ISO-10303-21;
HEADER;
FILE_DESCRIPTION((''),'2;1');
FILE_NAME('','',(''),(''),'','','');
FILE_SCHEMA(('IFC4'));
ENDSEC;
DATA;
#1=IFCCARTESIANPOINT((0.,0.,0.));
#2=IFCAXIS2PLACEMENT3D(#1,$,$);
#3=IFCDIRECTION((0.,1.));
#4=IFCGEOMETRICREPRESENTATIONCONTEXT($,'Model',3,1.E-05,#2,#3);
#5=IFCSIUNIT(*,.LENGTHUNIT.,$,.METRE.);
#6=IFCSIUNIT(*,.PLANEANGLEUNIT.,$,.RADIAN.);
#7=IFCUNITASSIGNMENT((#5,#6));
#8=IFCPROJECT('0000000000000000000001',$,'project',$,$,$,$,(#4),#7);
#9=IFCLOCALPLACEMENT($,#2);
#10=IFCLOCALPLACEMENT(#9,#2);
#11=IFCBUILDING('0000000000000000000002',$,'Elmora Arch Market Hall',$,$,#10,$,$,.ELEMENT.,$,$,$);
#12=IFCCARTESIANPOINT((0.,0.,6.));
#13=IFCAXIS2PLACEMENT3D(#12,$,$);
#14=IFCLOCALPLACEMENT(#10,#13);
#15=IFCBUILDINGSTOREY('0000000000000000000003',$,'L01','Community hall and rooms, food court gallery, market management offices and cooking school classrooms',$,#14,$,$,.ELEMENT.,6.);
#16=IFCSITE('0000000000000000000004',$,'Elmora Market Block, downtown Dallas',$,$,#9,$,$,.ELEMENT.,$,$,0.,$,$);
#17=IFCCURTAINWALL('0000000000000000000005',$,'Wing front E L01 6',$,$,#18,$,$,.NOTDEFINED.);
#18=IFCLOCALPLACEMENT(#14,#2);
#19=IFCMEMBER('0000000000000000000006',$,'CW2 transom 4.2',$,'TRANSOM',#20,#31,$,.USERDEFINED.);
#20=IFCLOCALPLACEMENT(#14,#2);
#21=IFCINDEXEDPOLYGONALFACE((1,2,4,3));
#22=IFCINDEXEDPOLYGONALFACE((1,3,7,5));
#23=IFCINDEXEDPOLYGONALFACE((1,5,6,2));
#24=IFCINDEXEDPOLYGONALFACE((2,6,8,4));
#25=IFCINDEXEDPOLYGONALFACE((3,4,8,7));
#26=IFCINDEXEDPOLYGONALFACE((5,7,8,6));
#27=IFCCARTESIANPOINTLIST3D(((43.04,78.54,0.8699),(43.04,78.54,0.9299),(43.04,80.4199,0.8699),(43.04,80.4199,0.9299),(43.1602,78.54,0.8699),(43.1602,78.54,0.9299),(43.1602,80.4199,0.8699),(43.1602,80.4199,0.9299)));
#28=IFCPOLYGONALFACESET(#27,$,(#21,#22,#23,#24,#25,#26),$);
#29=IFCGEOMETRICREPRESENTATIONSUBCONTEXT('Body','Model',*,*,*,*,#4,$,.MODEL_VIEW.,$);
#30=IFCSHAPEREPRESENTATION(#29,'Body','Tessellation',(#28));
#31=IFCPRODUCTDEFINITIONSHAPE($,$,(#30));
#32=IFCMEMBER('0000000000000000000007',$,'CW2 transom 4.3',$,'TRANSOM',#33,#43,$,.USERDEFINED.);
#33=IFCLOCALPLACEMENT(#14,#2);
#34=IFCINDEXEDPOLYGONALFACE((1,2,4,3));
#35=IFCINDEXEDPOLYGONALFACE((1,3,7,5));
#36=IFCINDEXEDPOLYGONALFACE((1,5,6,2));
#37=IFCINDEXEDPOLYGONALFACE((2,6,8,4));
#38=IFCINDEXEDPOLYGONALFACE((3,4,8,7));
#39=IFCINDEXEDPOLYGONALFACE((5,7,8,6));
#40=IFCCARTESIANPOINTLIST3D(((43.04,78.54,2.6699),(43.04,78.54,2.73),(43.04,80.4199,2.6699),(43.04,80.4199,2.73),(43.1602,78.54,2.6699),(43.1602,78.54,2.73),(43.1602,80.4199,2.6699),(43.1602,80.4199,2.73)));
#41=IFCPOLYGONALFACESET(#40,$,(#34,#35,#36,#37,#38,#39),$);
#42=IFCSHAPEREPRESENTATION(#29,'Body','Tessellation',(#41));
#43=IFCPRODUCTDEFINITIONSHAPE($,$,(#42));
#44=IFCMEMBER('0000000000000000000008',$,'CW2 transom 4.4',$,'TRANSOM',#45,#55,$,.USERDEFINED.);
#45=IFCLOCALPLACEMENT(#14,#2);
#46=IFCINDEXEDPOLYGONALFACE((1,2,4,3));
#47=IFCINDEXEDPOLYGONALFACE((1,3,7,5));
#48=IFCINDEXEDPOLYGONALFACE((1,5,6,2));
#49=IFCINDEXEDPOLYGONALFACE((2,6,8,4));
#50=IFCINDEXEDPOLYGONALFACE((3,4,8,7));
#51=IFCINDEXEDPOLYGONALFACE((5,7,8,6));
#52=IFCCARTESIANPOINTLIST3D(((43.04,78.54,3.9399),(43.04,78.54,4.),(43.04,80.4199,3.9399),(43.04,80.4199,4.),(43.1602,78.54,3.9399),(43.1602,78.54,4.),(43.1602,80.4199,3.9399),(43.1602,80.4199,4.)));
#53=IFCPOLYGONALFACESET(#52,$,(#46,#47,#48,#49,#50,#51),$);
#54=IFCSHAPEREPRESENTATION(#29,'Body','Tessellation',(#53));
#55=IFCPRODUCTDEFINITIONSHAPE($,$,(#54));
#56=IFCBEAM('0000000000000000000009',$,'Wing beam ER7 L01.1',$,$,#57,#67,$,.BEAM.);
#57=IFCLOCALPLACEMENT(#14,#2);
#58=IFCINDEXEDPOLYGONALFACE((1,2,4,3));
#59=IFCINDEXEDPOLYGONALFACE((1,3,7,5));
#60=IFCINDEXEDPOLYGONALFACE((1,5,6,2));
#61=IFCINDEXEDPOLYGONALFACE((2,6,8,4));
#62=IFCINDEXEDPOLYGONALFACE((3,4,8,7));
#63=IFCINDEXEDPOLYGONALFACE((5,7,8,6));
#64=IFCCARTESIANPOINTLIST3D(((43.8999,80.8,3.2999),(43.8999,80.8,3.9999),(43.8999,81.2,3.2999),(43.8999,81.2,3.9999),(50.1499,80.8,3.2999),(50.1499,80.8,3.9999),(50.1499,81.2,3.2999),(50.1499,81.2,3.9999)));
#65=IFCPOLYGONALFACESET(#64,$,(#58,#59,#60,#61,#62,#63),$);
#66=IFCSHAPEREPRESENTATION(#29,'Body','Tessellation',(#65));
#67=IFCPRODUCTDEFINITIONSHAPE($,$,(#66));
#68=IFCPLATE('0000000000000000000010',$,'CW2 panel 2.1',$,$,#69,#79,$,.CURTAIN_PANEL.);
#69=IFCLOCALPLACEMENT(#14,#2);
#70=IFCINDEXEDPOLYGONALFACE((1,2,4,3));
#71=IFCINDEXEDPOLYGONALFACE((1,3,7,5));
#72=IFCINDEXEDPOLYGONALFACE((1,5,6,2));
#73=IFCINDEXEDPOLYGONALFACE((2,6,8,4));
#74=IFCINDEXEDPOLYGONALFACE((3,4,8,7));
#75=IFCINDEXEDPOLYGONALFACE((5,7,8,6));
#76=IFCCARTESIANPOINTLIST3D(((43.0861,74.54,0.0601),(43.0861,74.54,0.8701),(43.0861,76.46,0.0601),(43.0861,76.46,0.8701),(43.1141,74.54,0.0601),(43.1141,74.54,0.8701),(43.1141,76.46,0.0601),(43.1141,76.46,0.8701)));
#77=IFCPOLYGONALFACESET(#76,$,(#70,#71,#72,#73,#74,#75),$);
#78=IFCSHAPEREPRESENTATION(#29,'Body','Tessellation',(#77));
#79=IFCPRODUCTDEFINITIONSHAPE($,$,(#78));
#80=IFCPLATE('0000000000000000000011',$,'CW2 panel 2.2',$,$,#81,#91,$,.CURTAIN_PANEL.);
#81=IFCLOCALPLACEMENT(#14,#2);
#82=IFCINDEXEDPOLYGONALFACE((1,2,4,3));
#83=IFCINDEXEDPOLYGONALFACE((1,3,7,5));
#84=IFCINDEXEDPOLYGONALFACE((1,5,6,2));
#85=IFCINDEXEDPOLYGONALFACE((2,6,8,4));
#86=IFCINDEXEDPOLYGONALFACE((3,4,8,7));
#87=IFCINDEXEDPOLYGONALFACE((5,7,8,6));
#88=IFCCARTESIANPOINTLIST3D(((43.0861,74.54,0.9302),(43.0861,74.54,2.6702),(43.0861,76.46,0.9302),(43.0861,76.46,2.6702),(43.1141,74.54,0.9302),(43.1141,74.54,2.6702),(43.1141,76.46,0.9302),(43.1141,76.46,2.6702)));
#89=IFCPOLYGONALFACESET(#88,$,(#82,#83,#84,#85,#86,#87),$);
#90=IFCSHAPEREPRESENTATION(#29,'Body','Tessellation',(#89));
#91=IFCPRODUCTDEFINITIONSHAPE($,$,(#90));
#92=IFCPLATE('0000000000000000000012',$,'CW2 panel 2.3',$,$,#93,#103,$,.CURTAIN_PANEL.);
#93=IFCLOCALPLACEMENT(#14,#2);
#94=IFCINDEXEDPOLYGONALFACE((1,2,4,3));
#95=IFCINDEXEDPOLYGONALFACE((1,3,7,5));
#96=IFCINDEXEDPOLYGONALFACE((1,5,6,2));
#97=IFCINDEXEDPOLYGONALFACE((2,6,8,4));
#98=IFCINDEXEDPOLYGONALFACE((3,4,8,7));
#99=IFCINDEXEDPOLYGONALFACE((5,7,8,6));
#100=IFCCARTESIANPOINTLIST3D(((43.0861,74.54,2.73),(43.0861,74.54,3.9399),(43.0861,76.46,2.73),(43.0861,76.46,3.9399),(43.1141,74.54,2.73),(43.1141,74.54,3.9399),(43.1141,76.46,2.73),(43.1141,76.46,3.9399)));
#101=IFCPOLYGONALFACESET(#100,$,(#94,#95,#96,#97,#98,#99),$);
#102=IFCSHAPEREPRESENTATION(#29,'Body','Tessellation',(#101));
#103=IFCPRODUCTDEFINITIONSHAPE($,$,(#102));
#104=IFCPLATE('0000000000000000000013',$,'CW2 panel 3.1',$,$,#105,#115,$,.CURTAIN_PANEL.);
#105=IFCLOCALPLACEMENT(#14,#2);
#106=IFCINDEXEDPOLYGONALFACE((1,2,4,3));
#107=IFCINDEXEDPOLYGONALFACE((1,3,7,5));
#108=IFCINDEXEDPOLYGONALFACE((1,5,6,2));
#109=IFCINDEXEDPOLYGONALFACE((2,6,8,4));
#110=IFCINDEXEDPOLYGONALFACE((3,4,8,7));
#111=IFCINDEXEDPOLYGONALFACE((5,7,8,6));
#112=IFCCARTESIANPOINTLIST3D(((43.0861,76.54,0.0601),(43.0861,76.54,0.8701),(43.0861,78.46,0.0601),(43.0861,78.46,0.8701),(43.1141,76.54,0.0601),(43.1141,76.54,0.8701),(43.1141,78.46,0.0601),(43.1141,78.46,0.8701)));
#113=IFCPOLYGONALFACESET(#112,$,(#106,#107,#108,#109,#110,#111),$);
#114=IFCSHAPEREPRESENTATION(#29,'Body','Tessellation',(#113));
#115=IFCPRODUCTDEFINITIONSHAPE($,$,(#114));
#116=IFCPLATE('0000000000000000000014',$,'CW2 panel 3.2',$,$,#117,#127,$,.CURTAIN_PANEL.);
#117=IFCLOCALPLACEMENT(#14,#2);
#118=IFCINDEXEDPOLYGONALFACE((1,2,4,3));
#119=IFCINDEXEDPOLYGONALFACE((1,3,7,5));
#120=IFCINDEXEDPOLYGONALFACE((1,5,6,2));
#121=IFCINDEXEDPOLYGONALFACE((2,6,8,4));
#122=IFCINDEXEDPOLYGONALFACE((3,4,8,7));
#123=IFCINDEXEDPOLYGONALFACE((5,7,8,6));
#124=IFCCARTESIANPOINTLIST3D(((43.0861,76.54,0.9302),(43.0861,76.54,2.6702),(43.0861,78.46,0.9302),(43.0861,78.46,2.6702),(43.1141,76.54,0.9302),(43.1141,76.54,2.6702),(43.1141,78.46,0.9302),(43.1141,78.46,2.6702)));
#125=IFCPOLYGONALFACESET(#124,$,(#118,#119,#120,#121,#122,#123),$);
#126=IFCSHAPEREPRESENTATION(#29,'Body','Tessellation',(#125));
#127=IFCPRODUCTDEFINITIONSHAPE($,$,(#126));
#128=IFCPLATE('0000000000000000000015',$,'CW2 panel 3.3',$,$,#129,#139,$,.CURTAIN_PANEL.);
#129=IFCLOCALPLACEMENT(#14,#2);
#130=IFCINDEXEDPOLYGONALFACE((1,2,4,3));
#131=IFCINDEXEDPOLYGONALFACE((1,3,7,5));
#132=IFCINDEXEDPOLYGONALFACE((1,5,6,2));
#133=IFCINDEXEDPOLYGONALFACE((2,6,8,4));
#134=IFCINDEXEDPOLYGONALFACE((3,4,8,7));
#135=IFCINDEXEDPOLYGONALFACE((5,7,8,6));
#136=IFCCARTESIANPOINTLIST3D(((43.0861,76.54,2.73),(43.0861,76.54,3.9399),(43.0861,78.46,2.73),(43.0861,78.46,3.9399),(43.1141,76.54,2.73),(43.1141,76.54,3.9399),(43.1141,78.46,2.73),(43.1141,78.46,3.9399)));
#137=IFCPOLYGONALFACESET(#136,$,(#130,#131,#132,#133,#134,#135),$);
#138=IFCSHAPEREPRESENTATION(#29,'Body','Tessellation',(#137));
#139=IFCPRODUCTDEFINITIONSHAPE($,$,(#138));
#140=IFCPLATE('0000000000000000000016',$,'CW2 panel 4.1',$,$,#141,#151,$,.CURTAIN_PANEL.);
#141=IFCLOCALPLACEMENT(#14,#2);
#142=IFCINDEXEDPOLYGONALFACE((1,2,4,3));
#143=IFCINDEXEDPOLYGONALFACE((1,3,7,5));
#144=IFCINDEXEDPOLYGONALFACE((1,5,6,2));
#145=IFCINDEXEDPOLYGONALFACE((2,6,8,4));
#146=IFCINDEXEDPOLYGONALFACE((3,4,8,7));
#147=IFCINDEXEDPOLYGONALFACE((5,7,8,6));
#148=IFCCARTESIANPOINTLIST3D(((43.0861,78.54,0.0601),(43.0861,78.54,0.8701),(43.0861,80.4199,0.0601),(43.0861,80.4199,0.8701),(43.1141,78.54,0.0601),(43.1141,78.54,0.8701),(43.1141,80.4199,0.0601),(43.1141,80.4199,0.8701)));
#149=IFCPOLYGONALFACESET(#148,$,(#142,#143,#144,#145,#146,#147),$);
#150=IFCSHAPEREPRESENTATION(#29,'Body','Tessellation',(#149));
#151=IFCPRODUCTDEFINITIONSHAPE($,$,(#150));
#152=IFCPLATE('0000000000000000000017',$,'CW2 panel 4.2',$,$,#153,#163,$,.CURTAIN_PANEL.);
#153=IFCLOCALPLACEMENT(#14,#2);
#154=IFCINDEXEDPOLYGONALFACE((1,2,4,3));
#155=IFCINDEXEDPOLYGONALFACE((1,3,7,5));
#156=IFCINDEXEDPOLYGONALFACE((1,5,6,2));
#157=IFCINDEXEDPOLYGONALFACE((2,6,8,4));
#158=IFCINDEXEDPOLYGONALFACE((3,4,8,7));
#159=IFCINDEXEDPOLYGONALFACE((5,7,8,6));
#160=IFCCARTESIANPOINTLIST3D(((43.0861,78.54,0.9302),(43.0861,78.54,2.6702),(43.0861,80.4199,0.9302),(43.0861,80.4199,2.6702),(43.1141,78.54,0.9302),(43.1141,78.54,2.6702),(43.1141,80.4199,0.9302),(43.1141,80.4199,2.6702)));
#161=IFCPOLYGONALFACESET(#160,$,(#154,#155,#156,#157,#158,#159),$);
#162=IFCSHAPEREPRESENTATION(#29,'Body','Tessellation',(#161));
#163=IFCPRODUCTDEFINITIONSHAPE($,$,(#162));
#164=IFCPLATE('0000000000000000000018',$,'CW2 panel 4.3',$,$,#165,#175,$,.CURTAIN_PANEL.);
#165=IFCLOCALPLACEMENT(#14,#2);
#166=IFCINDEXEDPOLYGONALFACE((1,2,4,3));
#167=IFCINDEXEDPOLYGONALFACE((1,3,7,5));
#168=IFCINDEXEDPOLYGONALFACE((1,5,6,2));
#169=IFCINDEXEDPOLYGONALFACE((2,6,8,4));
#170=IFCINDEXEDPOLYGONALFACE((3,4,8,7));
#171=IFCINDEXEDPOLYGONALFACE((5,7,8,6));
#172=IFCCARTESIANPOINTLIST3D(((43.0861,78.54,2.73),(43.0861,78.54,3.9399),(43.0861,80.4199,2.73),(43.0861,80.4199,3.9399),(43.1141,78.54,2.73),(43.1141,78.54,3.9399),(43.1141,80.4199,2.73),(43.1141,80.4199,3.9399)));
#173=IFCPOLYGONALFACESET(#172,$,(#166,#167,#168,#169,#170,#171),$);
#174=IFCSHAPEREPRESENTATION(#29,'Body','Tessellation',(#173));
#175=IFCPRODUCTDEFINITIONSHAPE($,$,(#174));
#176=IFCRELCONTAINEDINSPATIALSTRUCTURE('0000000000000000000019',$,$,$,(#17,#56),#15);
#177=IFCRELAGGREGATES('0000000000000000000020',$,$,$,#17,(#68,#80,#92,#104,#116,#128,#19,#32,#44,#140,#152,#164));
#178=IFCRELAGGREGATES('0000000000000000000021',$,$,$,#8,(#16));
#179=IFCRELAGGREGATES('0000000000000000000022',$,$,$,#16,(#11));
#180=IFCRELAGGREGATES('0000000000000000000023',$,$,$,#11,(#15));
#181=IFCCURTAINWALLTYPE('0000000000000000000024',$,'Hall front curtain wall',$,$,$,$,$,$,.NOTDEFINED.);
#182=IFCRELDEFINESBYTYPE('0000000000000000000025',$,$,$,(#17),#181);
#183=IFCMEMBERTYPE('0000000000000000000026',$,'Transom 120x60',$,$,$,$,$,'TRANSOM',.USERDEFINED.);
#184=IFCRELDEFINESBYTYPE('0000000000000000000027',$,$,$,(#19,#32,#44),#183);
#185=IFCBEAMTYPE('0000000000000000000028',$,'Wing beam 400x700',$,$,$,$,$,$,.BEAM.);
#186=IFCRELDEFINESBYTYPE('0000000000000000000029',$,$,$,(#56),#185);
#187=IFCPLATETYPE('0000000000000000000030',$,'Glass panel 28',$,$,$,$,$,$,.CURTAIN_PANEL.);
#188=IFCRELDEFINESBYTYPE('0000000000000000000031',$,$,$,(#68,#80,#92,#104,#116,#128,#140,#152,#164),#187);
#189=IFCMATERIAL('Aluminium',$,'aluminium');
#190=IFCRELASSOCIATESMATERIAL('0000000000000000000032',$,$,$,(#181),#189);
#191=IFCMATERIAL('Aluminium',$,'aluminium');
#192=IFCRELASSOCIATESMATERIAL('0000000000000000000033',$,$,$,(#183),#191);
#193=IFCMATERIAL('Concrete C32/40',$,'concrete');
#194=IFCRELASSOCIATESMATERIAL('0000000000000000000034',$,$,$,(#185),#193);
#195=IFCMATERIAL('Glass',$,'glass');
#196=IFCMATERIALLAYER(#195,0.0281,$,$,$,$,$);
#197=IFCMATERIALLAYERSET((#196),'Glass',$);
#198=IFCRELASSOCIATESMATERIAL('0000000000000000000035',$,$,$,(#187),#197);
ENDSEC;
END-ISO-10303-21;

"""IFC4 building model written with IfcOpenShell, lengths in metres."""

from ifc_helpers import new_model, si_unit, direction, frame, origin, origin_2d, place, context, subcontext, project, spatial, rectangle, extrude, material, layer, layer_set, material_profile, profile_set, type_object, element, aggregate, save


model = new_model("IFC4")

# Units and contexts
model_context = context("Model", 3, precision=1e-05, world=origin(), true_north=direction((0.0, 1.0)))
body_context = subcontext(model_context, "Body", "Model", "MODEL_VIEW")
ifc_project = project(units=[si_unit("LENGTHUNIT", "METRE"), si_unit("PLANEANGLEUNIT", "RADIAN")], contexts=[model_context])

# Site, building, storey
site_placement = place(None, origin())
site = spatial("IfcSite", under=ifc_project, at=site_placement, Name="Elmora Market Block, downtown Dallas", CompositionType="ELEMENT", RefElevation=0.0)
building_placement = place(site_placement, origin())
building = spatial("IfcBuilding", under=site, at=building_placement, Name="Elmora Arch Market Hall", CompositionType="ELEMENT")
storey_placement = place(building_placement, frame((0.0, 0.0, 6.0)))
storey = spatial("IfcBuildingStorey", under=building, at=storey_placement, Name="L01", Description="Community hall and rooms, food court gallery, market management offices and cooking school classrooms", CompositionType="ELEMENT", Elevation=6.0)

# Curtain wall, members
ifc_material_1 = material(Name="Aluminium", Category="aluminium")
curtain_wall_type = type_object("IfcCurtainWallType", Name="Hall front curtain wall", PredefinedType="NOTDEFINED", material=ifc_material_1)
curtain_wall_placement = place(storey_placement, origin())
curtain_wall = element("IfcCurtainWall", 1, at=curtain_wall_placement, inside=storey, type_object=curtain_wall_type, Name="Wing front E L01 6", PredefinedType="NOTDEFINED")
ifc_material_2 = material(Name="Aluminium", Category="aluminium")
ifc_material_profile_1 = material_profile(ifc_material_2, rectangle(XDim=0.1201, YDim=0.0601, at=origin_2d()), Name="AL 120x60")
ifc_profile_set_1 = profile_set([ifc_material_profile_1], Name="Aluminium")
member_type_1 = type_object("IfcMemberType", Name="Transom 120x60", ElementType="TRANSOM", PredefinedType="USERDEFINED", material=ifc_profile_set_1)
member_1_placement = place(storey_placement, frame((43.1001, 78.54, 0.8999), z_axis=(0.0, 1.0, 0.0), x_axis=(-1.0, 0.0, 0.0)))
member_1 = element("IfcMember", 2, at=member_1_placement, type_object=member_type_1, Name="CW2 transom 4.2", ObjectType="TRANSOM", PredefinedType="USERDEFINED", context=body_context, shape_type="SweptSolid", body=[
    extrude(rectangle(XDim=0.1201, YDim=0.0601, at=origin_2d()), origin(), (0.0, 0.0, 1.0), 1.8799),
])
member_2_placement = place(storey_placement, frame((43.1001, 78.54, 2.7), z_axis=(0.0, 1.0, 0.0), x_axis=(-1.0, 0.0, 0.0)))
member_2 = element("IfcMember", 3, at=member_2_placement, type_object=member_type_1, Name="CW2 transom 4.3", ObjectType="TRANSOM", PredefinedType="USERDEFINED", context=body_context, shape_type="SweptSolid", body=[
    extrude(rectangle(XDim=0.1201, YDim=0.0601, at=origin_2d()), origin(), (0.0, 0.0, 1.0), 1.8799),
])
member_3_placement = place(storey_placement, frame((43.1001, 78.54, 3.97), z_axis=(0.0, 1.0, 0.0), x_axis=(-1.0, 0.0, 0.0)))
member_3 = element("IfcMember", 4, at=member_3_placement, type_object=member_type_1, Name="CW2 transom 4.4", ObjectType="TRANSOM", PredefinedType="USERDEFINED", context=body_context, shape_type="SweptSolid", body=[
    extrude(rectangle(XDim=0.1201, YDim=0.0601, at=origin_2d()), origin(), (0.0, 0.0, 1.0), 1.8799),
])

# Beam
ifc_material_3 = material(Name="Concrete C32/40", Category="concrete")
ifc_material_profile_2 = material_profile(ifc_material_3, rectangle(XDim=0.3999, YDim=0.7, at=origin_2d()), Name="Wing beam 400x700")
ifc_profile_set_2 = profile_set([ifc_material_profile_2], Name="Concrete C32/40")
beam_type = type_object("IfcBeamType", Name="Wing beam 400x700", PredefinedType="BEAM", material=ifc_profile_set_2)
beam_placement = place(storey_placement, frame((43.8999, 81.0, 3.6499), z_axis=(1.0, 0.0, 0.0), x_axis=(0.0, 1.0, 0.0)))
element("IfcBeam", 5, at=beam_placement, inside=storey, type_object=beam_type, Name="Wing beam ER7 L01.1", PredefinedType="BEAM", context=body_context, shape_type="SweptSolid", body=[
    extrude(rectangle(XDim=0.3999, YDim=0.7, at=origin_2d()), origin(), (0.0, 0.0, 1.0), 6.25),
])

# Plates
ifc_material_4 = material(Name="Glass", Category="glass")
ifc_layer_1 = layer(ifc_material_4, 0.0281)
ifc_layer_set_1 = layer_set([ifc_layer_1], Name="Glass")
plate_type = type_object("IfcPlateType", Name="Glass panel 28", PredefinedType="CURTAIN_PANEL", material=ifc_layer_set_1)
plate_1_placement = place(storey_placement, frame((43.1001, 75.5, 0.0601), z_axis=(0.0, 0.0, 1.0), x_axis=(0.0, 1.0, 0.0)))
plate_1 = element("IfcPlate", 6, at=plate_1_placement, type_object=plate_type, Name="CW2 panel 2.1", PredefinedType="CURTAIN_PANEL", context=body_context, shape_type="SweptSolid", body=[
    extrude(rectangle(XDim=1.9199, YDim=0.0281, at=origin_2d()), origin(), (0.0, 0.0, 1.0), 0.8101),
])
plate_2_placement = place(storey_placement, frame((43.1001, 75.5, 0.9302), z_axis=(0.0, 0.0, 1.0), x_axis=(0.0, 1.0, 0.0)))
plate_2 = element("IfcPlate", 7, at=plate_2_placement, type_object=plate_type, Name="CW2 panel 2.2", PredefinedType="CURTAIN_PANEL", context=body_context, shape_type="SweptSolid", body=[
    extrude(rectangle(XDim=1.9199, YDim=0.0281, at=origin_2d()), origin(), (0.0, 0.0, 1.0), 1.74),
])
plate_3_placement = place(storey_placement, frame((43.1001, 75.5, 2.73), z_axis=(0.0, 0.0, 1.0), x_axis=(0.0, 1.0, 0.0)))
plate_3 = element("IfcPlate", 8, at=plate_3_placement, type_object=plate_type, Name="CW2 panel 2.3", PredefinedType="CURTAIN_PANEL", context=body_context, shape_type="SweptSolid", body=[
    extrude(rectangle(XDim=1.9199, YDim=0.0281, at=origin_2d()), origin(), (0.0, 0.0, 1.0), 1.21),
])
plate_4_placement = place(storey_placement, frame((43.1001, 77.5, 0.0601), z_axis=(0.0, 0.0, 1.0), x_axis=(0.0, 1.0, 0.0)))
plate_4 = element("IfcPlate", 9, at=plate_4_placement, type_object=plate_type, Name="CW2 panel 3.1", PredefinedType="CURTAIN_PANEL", context=body_context, shape_type="SweptSolid", body=[
    extrude(rectangle(XDim=1.9199, YDim=0.0281, at=origin_2d()), origin(), (0.0, 0.0, 1.0), 0.8101),
])
plate_5_placement = place(storey_placement, frame((43.1001, 77.5, 0.9302), z_axis=(0.0, 0.0, 1.0), x_axis=(0.0, 1.0, 0.0)))
plate_5 = element("IfcPlate", 10, at=plate_5_placement, type_object=plate_type, Name="CW2 panel 3.2", PredefinedType="CURTAIN_PANEL", context=body_context, shape_type="SweptSolid", body=[
    extrude(rectangle(XDim=1.9199, YDim=0.0281, at=origin_2d()), origin(), (0.0, 0.0, 1.0), 1.74),
])
plate_6_placement = place(storey_placement, frame((43.1001, 77.5, 2.73), z_axis=(0.0, 0.0, 1.0), x_axis=(0.0, 1.0, 0.0)))
plate_6 = element("IfcPlate", 11, at=plate_6_placement, type_object=plate_type, Name="CW2 panel 3.3", PredefinedType="CURTAIN_PANEL", context=body_context, shape_type="SweptSolid", body=[
    extrude(rectangle(XDim=1.9199, YDim=0.0281, at=origin_2d()), origin(), (0.0, 0.0, 1.0), 1.21),
])
plate_7_placement = place(storey_placement, frame((43.1001, 79.48, 0.0601), z_axis=(0.0, 0.0, 1.0), x_axis=(0.0, 1.0, 0.0)))
plate_7 = element("IfcPlate", 12, at=plate_7_placement, type_object=plate_type, Name="CW2 panel 4.1", PredefinedType="CURTAIN_PANEL", context=body_context, shape_type="SweptSolid", body=[
    extrude(rectangle(XDim=1.8799, YDim=0.0281, at=origin_2d()), origin(), (0.0, 0.0, 1.0), 0.8101),
])
plate_8_placement = place(storey_placement, frame((43.1001, 79.48, 0.9302), z_axis=(0.0, 0.0, 1.0), x_axis=(0.0, 1.0, 0.0)))
plate_8 = element("IfcPlate", 13, at=plate_8_placement, type_object=plate_type, Name="CW2 panel 4.2", PredefinedType="CURTAIN_PANEL", context=body_context, shape_type="SweptSolid", body=[
    extrude(rectangle(XDim=1.8799, YDim=0.0281, at=origin_2d()), origin(), (0.0, 0.0, 1.0), 1.74),
])
plate_9_placement = place(storey_placement, frame((43.1001, 79.48, 2.73), z_axis=(0.0, 0.0, 1.0), x_axis=(0.0, 1.0, 0.0)))
plate_9 = element("IfcPlate", 14, at=plate_9_placement, type_object=plate_type, Name="CW2 panel 4.3", PredefinedType="CURTAIN_PANEL", context=body_context, shape_type="SweptSolid", body=[
    extrude(rectangle(XDim=1.8799, YDim=0.0281, at=origin_2d()), origin(), (0.0, 0.0, 1.0), 1.21),
])
aggregate(curtain_wall, [plate_1, plate_2, plate_3, plate_4, plate_5, plate_6, member_1, member_2, member_3, plate_7, plate_8, plate_9])

save(model, "model.ifc")
